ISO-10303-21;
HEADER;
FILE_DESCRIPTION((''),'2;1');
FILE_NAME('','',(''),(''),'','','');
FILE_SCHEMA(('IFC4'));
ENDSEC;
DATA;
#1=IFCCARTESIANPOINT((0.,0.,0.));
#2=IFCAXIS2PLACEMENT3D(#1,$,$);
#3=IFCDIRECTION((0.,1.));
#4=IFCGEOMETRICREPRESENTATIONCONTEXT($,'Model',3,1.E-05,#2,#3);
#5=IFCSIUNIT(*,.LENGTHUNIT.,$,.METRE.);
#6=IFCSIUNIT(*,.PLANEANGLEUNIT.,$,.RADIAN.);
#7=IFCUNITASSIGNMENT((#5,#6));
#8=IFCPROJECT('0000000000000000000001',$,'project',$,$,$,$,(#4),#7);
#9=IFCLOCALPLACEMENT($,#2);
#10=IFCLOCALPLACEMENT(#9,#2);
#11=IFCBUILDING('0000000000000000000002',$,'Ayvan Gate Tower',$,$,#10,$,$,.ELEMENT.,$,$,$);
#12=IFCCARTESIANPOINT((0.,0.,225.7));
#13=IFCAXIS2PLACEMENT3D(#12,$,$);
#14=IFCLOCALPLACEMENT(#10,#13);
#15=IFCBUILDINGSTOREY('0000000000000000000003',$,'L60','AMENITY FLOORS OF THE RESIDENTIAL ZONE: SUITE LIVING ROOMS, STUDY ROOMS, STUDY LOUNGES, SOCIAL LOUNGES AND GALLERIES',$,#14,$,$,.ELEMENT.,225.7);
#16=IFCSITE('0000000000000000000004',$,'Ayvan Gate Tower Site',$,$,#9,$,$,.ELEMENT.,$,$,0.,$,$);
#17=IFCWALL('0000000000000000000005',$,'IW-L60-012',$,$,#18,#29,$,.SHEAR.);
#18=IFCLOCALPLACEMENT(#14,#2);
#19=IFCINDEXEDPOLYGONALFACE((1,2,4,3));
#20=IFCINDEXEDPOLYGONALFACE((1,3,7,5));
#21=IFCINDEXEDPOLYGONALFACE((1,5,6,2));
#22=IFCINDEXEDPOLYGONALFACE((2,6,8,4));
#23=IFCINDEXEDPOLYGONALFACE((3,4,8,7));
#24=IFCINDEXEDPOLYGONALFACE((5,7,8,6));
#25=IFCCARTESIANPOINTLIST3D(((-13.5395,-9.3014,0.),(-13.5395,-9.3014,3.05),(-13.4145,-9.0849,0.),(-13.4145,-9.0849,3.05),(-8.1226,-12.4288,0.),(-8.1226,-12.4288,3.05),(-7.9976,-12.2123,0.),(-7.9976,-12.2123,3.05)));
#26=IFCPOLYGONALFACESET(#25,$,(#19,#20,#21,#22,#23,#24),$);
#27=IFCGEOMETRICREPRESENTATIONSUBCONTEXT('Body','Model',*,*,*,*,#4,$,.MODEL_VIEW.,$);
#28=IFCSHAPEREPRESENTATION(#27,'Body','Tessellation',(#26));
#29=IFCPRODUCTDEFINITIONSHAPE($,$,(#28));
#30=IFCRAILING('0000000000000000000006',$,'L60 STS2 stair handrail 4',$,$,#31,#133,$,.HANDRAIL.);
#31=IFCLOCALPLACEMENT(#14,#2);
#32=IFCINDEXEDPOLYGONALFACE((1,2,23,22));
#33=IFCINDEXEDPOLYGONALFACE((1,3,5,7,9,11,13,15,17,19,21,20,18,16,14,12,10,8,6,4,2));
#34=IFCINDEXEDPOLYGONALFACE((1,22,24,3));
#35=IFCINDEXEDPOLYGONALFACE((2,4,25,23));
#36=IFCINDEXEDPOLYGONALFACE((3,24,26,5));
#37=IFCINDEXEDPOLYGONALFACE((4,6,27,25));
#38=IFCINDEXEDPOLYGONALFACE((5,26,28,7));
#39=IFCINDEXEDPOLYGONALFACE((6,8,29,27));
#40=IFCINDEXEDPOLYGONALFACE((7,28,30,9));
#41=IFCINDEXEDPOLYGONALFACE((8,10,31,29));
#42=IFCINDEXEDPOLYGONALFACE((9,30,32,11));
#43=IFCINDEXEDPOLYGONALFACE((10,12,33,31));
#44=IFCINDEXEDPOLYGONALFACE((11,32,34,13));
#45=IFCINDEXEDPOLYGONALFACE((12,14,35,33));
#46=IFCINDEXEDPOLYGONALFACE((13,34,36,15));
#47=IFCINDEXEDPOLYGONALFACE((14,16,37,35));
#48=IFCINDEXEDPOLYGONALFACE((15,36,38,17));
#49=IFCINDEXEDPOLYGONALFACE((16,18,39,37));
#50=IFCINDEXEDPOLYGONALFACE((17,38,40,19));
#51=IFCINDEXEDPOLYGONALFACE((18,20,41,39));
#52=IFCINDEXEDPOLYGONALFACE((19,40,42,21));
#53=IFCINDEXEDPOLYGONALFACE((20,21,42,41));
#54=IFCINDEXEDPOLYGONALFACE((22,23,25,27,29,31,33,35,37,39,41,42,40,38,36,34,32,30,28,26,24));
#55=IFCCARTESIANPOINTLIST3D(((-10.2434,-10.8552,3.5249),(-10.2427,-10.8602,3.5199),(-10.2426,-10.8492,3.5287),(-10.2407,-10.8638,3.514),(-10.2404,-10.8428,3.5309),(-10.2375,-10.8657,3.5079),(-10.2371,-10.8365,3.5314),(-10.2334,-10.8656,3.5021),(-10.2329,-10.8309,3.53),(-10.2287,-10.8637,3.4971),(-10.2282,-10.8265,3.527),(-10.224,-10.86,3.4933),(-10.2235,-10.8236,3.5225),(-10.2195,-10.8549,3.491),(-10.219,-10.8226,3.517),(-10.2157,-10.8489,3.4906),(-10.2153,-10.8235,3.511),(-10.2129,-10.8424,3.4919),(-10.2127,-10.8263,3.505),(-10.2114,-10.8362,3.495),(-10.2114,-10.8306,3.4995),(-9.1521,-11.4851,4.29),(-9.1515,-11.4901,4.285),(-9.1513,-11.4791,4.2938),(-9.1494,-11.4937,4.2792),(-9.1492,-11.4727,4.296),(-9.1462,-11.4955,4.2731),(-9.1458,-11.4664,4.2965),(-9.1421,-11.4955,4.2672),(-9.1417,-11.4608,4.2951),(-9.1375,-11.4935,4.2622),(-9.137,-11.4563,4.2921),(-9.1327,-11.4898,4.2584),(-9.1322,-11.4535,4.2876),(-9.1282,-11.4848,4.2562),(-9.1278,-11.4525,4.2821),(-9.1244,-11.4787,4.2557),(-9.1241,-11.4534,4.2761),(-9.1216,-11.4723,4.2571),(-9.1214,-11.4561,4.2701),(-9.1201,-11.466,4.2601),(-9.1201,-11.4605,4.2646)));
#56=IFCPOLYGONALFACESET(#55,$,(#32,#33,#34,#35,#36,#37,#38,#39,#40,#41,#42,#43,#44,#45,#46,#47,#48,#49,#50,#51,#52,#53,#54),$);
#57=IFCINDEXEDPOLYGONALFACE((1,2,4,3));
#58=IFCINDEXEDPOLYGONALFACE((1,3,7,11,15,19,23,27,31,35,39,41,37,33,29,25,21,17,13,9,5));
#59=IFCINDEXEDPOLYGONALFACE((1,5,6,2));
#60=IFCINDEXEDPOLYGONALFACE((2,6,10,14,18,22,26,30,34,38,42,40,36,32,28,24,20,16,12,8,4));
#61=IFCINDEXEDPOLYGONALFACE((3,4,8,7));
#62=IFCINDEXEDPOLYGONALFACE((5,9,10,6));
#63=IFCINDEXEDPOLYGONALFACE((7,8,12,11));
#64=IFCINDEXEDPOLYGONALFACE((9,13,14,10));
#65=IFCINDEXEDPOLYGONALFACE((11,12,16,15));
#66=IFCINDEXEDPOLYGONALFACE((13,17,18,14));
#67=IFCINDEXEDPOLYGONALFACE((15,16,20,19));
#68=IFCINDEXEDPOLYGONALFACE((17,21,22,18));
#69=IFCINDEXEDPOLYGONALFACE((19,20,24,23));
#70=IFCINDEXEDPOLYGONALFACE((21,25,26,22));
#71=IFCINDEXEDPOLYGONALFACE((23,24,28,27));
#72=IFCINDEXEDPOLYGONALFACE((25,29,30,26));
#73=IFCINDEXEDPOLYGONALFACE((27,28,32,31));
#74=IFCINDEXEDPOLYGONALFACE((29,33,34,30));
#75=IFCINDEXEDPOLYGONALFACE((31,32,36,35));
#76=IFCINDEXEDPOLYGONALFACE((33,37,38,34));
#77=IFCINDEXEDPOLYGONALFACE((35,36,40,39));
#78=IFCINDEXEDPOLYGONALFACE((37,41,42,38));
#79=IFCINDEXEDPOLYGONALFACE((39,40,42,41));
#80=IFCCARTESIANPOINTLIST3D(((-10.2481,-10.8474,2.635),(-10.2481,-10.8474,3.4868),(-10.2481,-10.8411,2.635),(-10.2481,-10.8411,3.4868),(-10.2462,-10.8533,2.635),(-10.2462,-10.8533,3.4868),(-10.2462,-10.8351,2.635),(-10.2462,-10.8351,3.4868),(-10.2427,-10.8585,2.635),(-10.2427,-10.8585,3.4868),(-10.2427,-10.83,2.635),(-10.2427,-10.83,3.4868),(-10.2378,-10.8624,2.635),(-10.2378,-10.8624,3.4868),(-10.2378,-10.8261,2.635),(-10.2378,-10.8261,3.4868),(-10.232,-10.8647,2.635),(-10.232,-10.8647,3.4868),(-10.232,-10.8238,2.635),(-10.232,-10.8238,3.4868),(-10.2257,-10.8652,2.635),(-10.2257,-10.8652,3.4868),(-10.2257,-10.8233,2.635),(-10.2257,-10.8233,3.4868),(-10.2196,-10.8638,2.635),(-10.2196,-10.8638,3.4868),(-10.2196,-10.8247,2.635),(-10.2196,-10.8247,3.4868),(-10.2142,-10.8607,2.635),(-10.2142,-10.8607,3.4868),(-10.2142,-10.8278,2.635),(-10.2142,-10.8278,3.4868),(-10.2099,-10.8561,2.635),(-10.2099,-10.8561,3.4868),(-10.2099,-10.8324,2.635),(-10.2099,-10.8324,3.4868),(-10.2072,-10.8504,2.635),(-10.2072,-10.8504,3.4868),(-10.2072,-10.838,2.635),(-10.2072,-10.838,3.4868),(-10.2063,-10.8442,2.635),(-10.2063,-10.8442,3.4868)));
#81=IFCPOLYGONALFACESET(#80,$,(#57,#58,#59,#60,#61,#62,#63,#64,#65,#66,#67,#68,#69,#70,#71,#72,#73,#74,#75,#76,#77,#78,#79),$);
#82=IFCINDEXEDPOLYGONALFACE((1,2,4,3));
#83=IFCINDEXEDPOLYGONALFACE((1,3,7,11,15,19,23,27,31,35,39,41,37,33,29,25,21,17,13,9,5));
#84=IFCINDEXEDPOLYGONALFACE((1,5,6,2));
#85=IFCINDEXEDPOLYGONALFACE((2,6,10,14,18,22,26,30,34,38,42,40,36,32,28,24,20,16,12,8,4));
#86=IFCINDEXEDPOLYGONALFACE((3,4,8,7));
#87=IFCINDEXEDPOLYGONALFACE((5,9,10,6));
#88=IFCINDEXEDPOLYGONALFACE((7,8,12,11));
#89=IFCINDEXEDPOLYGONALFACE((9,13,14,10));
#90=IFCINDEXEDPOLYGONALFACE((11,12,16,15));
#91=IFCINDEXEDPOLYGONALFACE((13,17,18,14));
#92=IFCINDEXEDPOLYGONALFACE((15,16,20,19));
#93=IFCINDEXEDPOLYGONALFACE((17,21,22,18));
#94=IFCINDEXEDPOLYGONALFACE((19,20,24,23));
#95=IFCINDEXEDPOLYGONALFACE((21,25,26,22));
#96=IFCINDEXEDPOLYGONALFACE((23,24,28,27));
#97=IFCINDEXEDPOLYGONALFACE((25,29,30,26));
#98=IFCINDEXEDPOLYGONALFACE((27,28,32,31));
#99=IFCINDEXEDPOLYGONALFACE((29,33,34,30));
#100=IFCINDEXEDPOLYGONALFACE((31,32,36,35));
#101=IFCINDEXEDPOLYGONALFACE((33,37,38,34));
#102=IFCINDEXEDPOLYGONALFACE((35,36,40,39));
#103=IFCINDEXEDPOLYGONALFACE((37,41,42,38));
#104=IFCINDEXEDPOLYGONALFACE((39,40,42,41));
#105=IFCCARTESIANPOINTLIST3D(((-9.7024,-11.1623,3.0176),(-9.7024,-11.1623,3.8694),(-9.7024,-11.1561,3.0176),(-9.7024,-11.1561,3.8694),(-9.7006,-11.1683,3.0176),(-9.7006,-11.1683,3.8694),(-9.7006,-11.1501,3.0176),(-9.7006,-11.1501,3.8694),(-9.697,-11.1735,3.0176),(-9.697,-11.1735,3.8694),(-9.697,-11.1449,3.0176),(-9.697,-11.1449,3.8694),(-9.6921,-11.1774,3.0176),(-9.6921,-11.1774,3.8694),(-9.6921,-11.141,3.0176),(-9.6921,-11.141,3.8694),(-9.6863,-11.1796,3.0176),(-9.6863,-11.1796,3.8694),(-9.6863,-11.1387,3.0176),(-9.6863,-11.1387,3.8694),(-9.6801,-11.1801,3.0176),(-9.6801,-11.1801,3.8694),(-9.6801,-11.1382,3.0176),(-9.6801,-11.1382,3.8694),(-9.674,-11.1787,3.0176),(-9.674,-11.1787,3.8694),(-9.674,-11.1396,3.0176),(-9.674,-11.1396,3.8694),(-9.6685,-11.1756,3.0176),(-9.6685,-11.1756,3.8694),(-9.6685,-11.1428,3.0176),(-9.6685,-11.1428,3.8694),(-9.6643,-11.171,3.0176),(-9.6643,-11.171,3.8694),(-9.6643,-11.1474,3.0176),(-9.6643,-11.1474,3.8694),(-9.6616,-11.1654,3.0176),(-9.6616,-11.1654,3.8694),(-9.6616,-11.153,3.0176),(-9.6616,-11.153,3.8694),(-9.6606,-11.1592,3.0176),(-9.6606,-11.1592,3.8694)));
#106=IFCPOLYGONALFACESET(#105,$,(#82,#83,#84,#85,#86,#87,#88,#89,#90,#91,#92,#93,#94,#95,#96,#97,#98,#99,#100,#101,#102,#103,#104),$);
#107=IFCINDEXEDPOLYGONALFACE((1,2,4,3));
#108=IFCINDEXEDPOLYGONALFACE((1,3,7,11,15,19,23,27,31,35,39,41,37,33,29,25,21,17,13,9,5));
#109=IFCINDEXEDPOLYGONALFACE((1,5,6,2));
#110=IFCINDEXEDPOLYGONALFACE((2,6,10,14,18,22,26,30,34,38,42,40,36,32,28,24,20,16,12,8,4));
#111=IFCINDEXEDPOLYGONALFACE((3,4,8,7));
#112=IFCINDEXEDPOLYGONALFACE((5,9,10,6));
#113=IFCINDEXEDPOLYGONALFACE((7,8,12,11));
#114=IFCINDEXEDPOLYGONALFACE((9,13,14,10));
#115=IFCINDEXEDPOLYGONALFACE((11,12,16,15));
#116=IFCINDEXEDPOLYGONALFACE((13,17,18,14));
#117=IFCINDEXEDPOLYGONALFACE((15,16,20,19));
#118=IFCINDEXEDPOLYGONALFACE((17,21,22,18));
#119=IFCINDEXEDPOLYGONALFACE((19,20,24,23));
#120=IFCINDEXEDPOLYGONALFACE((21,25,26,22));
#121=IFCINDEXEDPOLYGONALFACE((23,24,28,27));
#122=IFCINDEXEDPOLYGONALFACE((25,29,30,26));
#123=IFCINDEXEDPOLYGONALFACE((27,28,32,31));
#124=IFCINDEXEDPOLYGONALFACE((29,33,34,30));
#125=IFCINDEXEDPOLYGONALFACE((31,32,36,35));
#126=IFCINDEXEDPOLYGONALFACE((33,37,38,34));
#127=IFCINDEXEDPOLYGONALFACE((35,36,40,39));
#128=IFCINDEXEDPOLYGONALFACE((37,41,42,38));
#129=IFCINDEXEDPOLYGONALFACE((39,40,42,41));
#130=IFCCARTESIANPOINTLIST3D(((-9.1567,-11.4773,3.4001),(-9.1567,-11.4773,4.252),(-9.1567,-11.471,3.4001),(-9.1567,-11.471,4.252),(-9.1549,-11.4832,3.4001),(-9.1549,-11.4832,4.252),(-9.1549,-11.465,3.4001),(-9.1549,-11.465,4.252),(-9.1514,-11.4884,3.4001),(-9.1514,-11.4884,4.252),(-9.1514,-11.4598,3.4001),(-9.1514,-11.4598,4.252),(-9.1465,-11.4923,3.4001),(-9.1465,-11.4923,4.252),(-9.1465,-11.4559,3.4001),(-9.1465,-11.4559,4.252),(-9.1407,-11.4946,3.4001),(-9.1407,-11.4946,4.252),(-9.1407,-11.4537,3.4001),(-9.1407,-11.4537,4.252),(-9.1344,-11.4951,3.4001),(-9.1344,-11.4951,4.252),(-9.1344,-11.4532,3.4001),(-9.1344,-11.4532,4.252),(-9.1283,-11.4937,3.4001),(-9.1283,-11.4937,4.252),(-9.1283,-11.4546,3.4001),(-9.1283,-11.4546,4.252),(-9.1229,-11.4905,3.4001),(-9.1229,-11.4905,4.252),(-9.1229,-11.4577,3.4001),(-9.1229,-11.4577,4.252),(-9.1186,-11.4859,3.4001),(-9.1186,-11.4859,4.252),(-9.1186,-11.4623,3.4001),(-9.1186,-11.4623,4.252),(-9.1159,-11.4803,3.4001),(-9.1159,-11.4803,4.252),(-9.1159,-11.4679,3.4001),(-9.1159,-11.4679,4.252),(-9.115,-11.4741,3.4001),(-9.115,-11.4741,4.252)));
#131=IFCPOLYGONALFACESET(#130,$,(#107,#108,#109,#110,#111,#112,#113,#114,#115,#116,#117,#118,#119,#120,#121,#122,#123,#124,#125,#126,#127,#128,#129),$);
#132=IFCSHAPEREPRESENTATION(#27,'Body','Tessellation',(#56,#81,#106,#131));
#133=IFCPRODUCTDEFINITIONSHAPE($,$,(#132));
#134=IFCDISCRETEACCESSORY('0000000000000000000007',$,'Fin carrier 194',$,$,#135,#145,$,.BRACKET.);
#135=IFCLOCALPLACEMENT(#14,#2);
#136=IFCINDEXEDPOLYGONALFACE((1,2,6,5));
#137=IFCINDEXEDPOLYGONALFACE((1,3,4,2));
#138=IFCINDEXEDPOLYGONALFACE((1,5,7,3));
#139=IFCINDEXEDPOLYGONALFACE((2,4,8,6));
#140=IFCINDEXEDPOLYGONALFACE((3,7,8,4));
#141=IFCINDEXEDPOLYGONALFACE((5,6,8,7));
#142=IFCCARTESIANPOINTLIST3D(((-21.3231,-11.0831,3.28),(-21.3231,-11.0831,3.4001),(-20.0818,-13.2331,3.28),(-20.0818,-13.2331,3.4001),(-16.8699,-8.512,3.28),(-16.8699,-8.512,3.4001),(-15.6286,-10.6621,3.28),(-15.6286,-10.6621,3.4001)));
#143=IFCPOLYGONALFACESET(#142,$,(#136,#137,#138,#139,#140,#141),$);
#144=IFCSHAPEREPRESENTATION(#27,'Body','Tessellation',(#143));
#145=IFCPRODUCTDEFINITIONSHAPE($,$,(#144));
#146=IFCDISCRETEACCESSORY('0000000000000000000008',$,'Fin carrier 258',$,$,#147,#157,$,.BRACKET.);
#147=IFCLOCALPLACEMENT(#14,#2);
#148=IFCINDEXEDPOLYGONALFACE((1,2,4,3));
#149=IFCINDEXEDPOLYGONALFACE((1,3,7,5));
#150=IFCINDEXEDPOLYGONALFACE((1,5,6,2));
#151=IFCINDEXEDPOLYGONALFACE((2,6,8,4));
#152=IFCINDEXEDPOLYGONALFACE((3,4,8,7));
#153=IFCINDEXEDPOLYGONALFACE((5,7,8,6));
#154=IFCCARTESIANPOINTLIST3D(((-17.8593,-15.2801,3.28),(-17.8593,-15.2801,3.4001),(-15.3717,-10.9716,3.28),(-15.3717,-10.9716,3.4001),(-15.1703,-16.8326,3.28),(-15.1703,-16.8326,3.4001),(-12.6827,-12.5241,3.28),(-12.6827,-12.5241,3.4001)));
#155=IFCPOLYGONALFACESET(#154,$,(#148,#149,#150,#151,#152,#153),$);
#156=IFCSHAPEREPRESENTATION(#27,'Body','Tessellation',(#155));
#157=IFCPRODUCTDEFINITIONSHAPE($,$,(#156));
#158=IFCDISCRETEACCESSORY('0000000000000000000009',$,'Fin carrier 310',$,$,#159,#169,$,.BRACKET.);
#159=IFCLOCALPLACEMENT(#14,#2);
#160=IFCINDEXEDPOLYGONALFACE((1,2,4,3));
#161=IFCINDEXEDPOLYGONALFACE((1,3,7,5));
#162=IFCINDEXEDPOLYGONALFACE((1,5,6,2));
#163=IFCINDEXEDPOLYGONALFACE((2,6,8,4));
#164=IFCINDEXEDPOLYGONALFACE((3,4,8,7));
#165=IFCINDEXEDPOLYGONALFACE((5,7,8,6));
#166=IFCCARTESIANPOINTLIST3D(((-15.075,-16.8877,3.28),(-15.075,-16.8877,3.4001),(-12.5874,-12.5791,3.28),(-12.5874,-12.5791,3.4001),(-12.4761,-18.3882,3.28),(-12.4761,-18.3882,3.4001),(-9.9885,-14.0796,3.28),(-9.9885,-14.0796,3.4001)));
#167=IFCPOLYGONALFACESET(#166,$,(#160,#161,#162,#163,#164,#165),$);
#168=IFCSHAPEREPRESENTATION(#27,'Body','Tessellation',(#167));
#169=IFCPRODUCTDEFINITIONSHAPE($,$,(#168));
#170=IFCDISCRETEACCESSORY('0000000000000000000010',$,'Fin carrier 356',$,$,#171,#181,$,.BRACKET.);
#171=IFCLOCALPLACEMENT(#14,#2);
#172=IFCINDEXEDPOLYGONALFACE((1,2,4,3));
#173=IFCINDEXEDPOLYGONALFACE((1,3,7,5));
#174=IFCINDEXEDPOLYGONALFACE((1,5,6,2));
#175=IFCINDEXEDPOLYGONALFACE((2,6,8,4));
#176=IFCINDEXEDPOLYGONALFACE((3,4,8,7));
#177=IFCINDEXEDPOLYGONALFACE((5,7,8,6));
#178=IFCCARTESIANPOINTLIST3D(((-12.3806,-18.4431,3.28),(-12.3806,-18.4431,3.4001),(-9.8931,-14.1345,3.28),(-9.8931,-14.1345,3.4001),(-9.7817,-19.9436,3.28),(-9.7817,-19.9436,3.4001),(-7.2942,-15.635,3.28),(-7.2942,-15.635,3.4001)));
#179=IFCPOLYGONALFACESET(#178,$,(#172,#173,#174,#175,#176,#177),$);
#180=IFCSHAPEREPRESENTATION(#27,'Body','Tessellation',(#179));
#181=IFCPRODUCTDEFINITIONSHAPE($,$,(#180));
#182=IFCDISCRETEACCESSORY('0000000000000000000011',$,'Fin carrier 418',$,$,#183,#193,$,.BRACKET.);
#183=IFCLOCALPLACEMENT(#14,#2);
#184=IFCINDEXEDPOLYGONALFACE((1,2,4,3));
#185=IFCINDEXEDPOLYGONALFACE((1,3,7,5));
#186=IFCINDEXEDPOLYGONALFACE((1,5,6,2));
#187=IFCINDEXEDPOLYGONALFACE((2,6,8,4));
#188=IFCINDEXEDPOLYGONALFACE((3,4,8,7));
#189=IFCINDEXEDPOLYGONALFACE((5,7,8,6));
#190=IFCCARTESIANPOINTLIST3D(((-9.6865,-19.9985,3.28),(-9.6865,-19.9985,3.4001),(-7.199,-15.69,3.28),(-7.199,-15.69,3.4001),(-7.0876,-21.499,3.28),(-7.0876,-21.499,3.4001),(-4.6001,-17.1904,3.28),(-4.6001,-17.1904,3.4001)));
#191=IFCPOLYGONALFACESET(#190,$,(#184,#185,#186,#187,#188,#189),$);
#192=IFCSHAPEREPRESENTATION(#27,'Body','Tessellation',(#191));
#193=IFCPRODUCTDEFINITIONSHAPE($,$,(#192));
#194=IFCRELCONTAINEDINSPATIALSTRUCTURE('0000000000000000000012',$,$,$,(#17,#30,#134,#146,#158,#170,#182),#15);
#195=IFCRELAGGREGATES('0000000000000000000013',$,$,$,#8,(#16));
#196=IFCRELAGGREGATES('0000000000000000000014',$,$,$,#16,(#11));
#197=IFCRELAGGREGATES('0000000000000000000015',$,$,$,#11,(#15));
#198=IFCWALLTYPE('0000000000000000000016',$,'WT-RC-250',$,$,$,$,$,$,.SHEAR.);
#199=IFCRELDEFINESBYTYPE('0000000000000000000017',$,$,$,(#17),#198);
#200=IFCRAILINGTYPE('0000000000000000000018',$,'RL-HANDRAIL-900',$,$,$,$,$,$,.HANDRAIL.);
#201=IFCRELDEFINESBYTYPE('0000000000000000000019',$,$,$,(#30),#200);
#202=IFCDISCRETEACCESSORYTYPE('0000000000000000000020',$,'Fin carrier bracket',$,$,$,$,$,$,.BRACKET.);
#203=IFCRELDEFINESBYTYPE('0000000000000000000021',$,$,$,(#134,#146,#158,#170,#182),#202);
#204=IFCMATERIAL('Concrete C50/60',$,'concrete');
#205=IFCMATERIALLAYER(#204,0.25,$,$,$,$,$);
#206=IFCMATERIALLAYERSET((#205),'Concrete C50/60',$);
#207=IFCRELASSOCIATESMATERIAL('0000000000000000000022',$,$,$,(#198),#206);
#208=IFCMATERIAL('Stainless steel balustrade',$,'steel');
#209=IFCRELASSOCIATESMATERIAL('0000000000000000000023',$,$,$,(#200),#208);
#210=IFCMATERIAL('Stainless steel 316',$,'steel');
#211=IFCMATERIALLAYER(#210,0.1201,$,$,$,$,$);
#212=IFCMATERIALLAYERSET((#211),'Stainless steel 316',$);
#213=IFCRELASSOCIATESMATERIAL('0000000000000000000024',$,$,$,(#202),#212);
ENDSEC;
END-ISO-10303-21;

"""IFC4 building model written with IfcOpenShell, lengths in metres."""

from ifc_helpers import new_model, si_unit, direction, frame, frame_2d, origin, origin_2d, place, context, subcontext, project, spatial, rectangle, circle, extrude, material, layer, layer_set, type_object, element, save


model = new_model("IFC4")

# Units and contexts
model_context = context("Model", 3, precision=1e-05, world=origin(), true_north=direction((0.0, 1.0)))
body_context = subcontext(model_context, "Body", "Model", "MODEL_VIEW")
ifc_project = project(units=[si_unit("LENGTHUNIT", "METRE"), si_unit("PLANEANGLEUNIT", "RADIAN")], contexts=[model_context])

# Site, building, storey
site_placement = place(None, origin())
site = spatial("IfcSite", under=ifc_project, at=site_placement, Name="Ayvan Gate Tower Site", CompositionType="ELEMENT", RefElevation=0.0)
building_placement = place(site_placement, origin())
building = spatial("IfcBuilding", under=site, at=building_placement, Name="Ayvan Gate Tower", CompositionType="ELEMENT")
storey_placement = place(building_placement, frame((0.0, 0.0, 225.7)))
storey = spatial("IfcBuildingStorey", under=building, at=storey_placement, Name="L60", Description="AMENITY FLOORS OF THE RESIDENTIAL ZONE: SUITE LIVING ROOMS, STUDY ROOMS, STUDY LOUNGES, SOCIAL LOUNGES AND GALLERIES", CompositionType="ELEMENT", Elevation=225.7)

# Shared definitions
ifc_material_1 = material(Name="Concrete C50/60", Category="concrete")

# Wall
ifc_layer_1 = layer(ifc_material_1, 0.25)
ifc_layer_set_1 = layer_set([ifc_layer_1], Name="Concrete C50/60")
wall_type = type_object("IfcWallType", Name="WT-RC-250", PredefinedType="SHEAR", material=ifc_layer_set_1)
wall_placement = place(storey_placement, frame((-8.0601, -12.3206, 0.0), z_axis=(0.0, 0.0, 1.0), x_axis=(-0.86603, 0.499993, 0.0)))
element("IfcWall", 1, at=wall_placement, inside=storey, type_object=wall_type, Name="IW-L60-012", PredefinedType="SHEAR", context=body_context, shape_type="SweptSolid", body=[
    extrude(rectangle(XDim=6.2549, YDim=0.25, at=frame_2d((3.1274, 0.0))), origin(), (0.0, 0.0, 1.0), 3.05),
])

# Railing
ifc_material_2 = material(Name="Stainless steel balustrade", Category="steel")
railing_type = type_object("IfcRailingType", Name="RL-HANDRAIL-900", PredefinedType="HANDRAIL", material=ifc_material_2)
railing_placement = place(storey_placement, frame((-10.2273, -10.8442, 2.635)))
element("IfcRailing", 2, at=railing_placement, inside=storey, type_object=railing_type, Name="L60 STS2 stair handrail 4", PredefinedType="HANDRAIL", context=body_context, shape_type="SweptSolid", body=[
    extrude(circle(Radius=0.0239, at=origin_2d()), frame((0.0, 0.0, 0.876), z_axis=(0.740293, -0.427283, 0.519033), x_axis=(0.49989, 0.866089, 0.0)), (0.0, 0.0, 1.0), 1.4741),
    extrude(circle(Radius=0.021, at=origin_2d()), origin(), (0.0, 0.0, 1.0), 0.8518),
    extrude(circle(Radius=0.021, at=origin_2d()), frame((0.5457, -0.3149, 0.3826)), (0.0, 0.0, 1.0), 0.8518),
    extrude(circle(Radius=0.021, at=origin_2d()), frame((1.0913, -0.6299, 0.7651)), (0.0, 0.0, 1.0), 0.8518),
])

# Discrete accessories
ifc_material_3 = material(Name="Stainless steel 316", Category="steel")
ifc_layer_2 = layer(ifc_material_3, 0.1201)
ifc_layer_set_2 = layer_set([ifc_layer_2], Name="Stainless steel 316")
discrete_accessory_type = type_object("IfcDiscreteAccessoryType", Name="Fin carrier bracket", PredefinedType="BRACKET", material=ifc_layer_set_2)
discrete_accessory_1_placement = place(storey_placement, frame((-18.4758, -10.8726, 3.28), z_axis=(0.0, 0.0, 1.0), x_axis=(0.5, -0.866025, 0.0)))
element("IfcDiscreteAccessory", 3, at=discrete_accessory_1_placement, inside=storey, type_object=discrete_accessory_type, Name="Fin carrier 194", PredefinedType="BRACKET", context=body_context, shape_type="SweptSolid", body=[
    extrude(rectangle(XDim=2.4827, YDim=5.1421, at=origin_2d()), origin(), (0.0, 0.0, 1.0), 0.1201),
])
discrete_accessory_2_placement = place(storey_placement, frame((-15.271, -13.9021, 3.28), z_axis=(0.0, 0.0, 1.0), x_axis=(0.866025, -0.5, 0.0)))
element("IfcDiscreteAccessory", 4, at=discrete_accessory_2_placement, inside=storey, type_object=discrete_accessory_type, Name="Fin carrier 258", PredefinedType="BRACKET", context=body_context, shape_type="SweptSolid", body=[
    extrude(rectangle(XDim=3.105, YDim=4.9751, at=origin_2d()), origin(), (0.0, 0.0, 1.0), 0.1201),
])
for number, where, z_axis, x_axis, name in (
    (5, (-12.5317, -15.4836, 3.28), (0.0, 0.0, 1.0), (0.866025, -0.5, 0.0), "Fin carrier 310"),
    (6, (-9.8374, -17.0391, 3.28), (0.0, 0.0, 1.0), (0.866025, -0.5, 0.0), "Fin carrier 356"),
    (7, (-7.1433, -18.5945, 3.28), (0.0, 0.0, 1.0), (0.866025, -0.5, 0.0), "Fin carrier 418"),
):
    element("IfcDiscreteAccessory", number, at=place(storey_placement, frame(where, z_axis=z_axis, x_axis=x_axis)), inside=storey, type_object=discrete_accessory_type, Name=name, PredefinedType="BRACKET", context=body_context, shape_type="SweptSolid", body=[
        extrude(rectangle(XDim=3.001, YDim=4.9751, at=origin_2d()), origin(), (0.0, 0.0, 1.0), 0.1201),
    ])

save(model, "model.ifc")
